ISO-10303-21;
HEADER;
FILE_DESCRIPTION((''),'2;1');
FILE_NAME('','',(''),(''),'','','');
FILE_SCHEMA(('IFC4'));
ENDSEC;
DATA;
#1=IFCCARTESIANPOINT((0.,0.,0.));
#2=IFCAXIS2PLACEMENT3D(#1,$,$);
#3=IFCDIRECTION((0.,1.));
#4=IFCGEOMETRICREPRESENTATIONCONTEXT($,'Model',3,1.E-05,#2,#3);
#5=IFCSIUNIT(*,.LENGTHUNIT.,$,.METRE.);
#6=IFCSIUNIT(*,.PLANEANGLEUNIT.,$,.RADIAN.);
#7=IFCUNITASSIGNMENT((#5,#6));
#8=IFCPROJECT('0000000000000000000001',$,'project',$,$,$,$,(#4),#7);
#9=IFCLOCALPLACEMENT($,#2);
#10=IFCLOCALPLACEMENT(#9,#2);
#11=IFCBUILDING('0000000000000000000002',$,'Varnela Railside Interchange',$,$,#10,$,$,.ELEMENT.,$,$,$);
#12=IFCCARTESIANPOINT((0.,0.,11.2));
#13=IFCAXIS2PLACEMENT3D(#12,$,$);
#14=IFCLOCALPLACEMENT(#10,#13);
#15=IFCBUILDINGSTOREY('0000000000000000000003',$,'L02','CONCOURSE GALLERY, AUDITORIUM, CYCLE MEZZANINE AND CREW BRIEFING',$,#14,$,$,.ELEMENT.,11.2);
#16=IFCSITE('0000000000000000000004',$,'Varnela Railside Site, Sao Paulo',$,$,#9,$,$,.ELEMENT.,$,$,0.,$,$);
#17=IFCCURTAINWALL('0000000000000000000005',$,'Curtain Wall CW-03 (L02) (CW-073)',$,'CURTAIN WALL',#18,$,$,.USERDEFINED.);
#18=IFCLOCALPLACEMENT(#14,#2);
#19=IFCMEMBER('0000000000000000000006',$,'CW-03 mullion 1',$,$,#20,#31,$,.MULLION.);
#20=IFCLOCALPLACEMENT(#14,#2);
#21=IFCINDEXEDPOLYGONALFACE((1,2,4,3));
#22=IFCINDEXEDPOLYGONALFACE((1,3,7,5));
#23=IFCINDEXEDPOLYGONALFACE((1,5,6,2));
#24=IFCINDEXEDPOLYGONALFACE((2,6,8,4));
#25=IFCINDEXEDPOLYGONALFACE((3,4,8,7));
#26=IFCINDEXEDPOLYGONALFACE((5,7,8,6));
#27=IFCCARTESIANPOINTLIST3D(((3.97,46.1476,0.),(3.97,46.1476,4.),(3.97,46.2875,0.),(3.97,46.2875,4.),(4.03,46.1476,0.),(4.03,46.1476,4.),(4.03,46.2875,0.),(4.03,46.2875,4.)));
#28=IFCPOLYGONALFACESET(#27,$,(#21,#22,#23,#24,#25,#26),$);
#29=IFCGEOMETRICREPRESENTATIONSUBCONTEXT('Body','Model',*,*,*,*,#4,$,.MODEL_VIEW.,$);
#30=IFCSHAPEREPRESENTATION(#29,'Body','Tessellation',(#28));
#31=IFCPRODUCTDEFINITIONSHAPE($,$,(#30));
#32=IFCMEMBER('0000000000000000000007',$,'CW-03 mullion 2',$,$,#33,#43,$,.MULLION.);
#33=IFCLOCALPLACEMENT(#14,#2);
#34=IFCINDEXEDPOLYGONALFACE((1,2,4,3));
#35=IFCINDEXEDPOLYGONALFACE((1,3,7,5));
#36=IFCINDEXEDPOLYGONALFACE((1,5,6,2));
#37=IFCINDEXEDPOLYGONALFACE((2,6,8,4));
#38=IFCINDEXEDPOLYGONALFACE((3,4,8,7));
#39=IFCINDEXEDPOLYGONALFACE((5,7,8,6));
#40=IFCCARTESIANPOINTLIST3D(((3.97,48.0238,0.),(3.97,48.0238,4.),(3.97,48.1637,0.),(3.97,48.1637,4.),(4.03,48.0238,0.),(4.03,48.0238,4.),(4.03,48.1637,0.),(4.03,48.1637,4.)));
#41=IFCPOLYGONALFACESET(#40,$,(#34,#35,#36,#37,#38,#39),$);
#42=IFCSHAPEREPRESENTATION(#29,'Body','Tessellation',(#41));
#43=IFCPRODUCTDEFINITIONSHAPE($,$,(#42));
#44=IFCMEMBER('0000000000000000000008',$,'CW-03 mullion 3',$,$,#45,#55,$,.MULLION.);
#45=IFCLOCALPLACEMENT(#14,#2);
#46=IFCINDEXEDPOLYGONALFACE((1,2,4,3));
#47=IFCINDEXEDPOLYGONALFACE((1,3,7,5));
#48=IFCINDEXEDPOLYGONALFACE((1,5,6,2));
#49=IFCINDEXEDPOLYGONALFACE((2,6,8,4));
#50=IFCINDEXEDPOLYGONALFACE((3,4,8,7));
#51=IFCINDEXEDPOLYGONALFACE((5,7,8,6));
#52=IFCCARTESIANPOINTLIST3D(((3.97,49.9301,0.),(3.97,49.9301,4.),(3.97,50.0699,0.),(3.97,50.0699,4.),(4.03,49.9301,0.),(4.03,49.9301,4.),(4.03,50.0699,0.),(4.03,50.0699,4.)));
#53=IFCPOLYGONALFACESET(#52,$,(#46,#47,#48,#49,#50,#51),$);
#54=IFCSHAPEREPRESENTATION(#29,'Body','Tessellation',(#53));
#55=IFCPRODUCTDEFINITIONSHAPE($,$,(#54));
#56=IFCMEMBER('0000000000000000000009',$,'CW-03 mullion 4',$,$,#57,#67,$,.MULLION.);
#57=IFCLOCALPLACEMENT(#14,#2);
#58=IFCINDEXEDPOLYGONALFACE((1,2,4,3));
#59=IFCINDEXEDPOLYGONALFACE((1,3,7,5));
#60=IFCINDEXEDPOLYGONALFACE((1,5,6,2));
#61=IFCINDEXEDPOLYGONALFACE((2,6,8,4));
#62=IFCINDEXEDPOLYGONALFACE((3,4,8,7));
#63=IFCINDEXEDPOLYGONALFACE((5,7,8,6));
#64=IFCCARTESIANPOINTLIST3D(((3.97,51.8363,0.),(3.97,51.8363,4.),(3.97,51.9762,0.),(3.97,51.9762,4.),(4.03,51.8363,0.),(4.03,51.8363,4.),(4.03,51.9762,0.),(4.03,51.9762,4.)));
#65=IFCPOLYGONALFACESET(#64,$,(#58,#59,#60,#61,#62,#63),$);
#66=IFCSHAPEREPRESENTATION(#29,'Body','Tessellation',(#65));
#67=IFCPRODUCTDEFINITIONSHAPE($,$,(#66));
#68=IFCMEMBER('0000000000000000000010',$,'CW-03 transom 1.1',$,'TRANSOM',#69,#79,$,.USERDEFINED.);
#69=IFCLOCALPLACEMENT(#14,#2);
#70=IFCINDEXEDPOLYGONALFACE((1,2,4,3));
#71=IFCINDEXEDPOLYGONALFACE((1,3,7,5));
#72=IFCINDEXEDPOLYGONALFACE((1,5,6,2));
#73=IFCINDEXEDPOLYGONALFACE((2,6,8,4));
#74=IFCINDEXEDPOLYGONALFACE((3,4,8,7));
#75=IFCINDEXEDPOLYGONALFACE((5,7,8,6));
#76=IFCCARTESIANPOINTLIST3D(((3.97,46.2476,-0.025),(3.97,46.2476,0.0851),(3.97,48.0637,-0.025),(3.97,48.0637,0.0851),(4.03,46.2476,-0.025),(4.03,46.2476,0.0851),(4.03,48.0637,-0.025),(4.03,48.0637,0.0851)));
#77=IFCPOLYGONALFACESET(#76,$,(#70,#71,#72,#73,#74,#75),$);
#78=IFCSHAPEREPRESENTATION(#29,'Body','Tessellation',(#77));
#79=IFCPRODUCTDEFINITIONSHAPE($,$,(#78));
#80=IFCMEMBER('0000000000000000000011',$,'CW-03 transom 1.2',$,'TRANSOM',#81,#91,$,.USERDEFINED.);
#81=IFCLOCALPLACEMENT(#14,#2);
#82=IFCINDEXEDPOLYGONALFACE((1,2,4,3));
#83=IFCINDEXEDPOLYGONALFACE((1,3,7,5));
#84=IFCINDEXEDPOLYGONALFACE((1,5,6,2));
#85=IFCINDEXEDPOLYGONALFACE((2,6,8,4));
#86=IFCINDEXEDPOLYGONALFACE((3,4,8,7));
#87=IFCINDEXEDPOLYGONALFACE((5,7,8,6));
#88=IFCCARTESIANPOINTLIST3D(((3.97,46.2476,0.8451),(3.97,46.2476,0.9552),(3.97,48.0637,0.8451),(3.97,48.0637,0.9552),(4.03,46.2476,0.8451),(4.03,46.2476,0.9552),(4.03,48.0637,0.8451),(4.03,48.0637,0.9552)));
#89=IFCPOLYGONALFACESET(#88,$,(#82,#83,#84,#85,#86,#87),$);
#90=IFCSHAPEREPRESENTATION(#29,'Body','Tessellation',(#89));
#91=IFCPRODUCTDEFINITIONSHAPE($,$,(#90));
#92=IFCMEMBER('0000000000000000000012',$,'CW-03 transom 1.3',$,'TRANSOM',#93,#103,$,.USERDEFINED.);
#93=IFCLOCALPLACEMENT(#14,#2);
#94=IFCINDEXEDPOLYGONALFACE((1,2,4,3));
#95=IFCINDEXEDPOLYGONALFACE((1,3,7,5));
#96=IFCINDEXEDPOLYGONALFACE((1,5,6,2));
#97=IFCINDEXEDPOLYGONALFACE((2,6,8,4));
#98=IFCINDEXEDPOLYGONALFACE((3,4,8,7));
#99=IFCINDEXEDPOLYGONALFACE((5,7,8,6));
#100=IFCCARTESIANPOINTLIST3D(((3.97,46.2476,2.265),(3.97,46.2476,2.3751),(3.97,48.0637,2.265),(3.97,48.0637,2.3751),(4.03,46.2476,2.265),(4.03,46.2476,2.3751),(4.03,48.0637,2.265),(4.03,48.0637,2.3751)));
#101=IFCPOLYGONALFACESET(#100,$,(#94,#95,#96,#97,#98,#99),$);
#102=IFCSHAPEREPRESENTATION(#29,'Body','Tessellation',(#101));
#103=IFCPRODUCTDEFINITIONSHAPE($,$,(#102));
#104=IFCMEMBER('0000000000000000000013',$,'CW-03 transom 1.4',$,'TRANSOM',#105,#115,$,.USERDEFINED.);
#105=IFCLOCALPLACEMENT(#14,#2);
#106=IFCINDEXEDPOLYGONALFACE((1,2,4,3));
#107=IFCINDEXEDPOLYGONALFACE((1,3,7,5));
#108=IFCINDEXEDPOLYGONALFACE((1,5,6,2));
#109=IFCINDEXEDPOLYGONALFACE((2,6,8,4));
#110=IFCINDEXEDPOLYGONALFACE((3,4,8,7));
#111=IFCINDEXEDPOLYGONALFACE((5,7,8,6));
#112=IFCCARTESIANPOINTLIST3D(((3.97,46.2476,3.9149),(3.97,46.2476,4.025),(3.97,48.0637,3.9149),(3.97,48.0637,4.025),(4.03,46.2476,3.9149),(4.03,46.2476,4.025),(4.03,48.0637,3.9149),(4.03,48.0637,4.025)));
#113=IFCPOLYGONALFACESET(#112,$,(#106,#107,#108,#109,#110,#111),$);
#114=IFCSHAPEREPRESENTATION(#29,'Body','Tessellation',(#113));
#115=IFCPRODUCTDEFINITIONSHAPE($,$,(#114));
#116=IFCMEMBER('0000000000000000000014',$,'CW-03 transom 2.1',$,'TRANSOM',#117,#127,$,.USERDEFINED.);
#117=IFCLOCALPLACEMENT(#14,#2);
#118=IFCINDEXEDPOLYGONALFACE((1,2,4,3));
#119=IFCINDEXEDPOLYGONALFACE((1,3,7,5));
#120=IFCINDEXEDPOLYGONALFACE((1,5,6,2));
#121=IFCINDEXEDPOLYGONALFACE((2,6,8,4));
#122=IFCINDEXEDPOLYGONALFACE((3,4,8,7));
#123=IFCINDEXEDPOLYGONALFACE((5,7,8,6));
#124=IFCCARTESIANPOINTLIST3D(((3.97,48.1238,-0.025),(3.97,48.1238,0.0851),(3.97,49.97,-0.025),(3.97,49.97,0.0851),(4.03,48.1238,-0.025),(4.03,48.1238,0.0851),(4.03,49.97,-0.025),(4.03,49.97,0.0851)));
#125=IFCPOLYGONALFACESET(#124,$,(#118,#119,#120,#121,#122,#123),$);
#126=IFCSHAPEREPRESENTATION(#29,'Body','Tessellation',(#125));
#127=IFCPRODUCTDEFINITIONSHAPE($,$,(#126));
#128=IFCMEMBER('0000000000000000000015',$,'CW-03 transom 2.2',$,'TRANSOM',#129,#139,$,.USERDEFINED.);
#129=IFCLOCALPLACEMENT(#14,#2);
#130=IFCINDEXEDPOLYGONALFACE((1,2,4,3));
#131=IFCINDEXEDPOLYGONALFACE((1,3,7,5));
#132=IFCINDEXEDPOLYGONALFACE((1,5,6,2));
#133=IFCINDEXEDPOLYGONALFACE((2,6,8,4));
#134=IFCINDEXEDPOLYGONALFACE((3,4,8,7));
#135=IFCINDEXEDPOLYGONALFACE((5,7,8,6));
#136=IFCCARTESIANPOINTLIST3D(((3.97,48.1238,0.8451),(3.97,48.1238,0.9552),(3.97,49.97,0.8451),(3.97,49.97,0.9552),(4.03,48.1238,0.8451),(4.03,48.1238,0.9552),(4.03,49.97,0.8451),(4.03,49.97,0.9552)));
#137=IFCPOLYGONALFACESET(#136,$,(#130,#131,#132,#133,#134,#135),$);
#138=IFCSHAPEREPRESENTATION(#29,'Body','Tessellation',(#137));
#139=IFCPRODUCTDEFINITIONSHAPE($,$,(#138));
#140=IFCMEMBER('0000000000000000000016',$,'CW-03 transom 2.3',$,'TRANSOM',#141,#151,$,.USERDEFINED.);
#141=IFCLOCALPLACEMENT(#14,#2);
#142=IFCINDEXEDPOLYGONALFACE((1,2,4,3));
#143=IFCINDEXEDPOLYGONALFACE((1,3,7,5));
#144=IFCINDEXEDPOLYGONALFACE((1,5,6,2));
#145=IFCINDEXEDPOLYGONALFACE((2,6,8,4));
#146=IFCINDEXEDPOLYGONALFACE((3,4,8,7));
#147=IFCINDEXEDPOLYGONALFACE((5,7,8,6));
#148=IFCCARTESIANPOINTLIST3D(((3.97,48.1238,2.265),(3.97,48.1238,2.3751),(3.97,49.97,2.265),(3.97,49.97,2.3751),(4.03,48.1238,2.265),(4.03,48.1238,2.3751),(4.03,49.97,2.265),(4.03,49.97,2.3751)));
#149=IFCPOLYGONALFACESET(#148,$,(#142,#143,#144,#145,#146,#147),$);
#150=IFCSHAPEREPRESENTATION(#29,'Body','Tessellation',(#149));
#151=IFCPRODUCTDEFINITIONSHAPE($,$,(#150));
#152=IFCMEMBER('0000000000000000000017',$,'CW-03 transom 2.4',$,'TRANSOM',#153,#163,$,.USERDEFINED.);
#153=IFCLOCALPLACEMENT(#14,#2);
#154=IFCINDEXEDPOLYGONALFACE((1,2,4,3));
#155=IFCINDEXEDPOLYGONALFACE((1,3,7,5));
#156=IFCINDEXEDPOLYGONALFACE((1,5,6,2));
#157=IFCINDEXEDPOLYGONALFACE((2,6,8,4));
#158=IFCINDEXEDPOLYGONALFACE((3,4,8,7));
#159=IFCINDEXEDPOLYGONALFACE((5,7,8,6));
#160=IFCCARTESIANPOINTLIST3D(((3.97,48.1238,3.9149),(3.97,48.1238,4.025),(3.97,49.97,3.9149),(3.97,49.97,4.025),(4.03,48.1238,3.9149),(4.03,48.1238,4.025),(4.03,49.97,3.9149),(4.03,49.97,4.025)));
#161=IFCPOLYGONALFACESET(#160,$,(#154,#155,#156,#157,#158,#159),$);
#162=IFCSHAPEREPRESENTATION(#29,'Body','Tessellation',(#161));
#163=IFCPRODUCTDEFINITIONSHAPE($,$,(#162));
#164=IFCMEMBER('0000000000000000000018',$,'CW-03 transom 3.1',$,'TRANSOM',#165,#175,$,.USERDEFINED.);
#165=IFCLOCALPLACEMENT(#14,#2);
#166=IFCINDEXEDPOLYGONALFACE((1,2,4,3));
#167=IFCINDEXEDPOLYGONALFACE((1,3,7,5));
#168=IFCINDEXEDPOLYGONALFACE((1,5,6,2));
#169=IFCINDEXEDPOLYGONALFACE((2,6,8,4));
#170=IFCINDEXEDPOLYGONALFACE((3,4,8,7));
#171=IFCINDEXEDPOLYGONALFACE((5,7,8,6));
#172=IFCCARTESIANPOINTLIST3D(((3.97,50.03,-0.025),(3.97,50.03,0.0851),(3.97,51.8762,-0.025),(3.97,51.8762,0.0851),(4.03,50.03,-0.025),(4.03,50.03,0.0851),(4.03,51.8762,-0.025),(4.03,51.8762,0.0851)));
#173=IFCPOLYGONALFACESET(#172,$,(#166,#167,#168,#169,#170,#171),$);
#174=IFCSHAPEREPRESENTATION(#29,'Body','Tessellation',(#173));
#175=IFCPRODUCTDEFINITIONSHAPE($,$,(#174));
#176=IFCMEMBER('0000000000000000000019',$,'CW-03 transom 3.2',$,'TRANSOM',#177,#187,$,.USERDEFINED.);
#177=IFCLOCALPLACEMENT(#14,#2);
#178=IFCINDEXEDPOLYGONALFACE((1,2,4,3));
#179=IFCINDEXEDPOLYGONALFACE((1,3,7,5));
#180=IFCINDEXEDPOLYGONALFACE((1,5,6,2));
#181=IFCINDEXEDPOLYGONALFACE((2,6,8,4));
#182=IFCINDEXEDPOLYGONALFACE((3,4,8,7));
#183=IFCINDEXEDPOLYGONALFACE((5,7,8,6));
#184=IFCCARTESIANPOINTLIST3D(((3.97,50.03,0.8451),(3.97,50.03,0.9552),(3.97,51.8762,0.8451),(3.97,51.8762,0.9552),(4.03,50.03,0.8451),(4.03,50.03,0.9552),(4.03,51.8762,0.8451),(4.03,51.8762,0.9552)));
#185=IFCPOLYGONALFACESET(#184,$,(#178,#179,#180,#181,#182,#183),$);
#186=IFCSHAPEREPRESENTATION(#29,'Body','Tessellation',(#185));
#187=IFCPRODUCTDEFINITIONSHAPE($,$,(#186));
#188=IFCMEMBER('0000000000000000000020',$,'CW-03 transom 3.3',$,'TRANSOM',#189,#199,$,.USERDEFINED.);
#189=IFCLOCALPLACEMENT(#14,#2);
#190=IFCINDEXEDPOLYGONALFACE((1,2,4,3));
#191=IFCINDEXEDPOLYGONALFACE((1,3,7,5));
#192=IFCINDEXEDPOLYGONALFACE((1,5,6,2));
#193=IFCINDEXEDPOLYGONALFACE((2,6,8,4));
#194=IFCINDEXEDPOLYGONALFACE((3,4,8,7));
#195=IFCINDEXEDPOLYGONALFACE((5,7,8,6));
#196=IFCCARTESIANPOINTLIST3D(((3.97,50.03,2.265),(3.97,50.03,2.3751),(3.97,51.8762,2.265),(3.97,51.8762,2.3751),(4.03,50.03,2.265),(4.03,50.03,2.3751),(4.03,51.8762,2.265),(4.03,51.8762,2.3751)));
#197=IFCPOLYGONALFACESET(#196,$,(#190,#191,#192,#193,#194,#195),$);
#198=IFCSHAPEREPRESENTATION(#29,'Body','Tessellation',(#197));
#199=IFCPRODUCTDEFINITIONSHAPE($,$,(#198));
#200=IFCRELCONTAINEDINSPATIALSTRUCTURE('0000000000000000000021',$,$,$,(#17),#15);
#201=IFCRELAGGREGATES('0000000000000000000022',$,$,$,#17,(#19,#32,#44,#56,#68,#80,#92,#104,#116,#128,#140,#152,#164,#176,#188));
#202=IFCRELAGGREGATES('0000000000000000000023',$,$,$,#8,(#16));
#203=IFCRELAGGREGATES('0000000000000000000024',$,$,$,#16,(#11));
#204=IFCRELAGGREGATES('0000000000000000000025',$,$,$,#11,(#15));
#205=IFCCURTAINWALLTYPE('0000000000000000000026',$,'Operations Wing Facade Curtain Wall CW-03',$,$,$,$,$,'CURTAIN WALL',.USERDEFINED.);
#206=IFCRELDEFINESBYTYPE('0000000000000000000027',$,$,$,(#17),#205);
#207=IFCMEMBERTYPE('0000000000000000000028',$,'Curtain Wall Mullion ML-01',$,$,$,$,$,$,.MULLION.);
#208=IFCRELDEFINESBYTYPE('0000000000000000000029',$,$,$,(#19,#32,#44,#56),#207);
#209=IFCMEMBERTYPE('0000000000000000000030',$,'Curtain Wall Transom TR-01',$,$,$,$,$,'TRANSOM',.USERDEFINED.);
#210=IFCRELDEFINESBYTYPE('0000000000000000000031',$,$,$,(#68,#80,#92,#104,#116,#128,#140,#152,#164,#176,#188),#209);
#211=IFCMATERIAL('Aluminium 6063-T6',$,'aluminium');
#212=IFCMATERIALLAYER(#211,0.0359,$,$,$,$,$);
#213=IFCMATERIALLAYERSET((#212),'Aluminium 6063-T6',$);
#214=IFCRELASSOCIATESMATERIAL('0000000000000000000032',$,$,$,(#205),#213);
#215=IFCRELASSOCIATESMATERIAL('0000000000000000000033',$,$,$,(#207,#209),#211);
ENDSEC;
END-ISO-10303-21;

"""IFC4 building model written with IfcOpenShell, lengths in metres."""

from ifc_helpers import new_model, si_unit, direction, frame, origin, origin_2d, place, context, subcontext, project, spatial, rectangle, extrude, material, layer, layer_set, material_profile, profile_set, type_object, element, aggregate, save


model = new_model("IFC4")

# Units and contexts
model_context = context("Model", 3, precision=1e-05, world=origin(), true_north=direction((0.0, 1.0)))
body_context = subcontext(model_context, "Body", "Model", "MODEL_VIEW")
ifc_project = project(units=[si_unit("LENGTHUNIT", "METRE"), si_unit("PLANEANGLEUNIT", "RADIAN")], contexts=[model_context])

# Site, building, storey
site_placement = place(None, origin())
site = spatial("IfcSite", under=ifc_project, at=site_placement, Name="Varnela Railside Site, Sao Paulo", CompositionType="ELEMENT", RefElevation=0.0)
building_placement = place(site_placement, origin())
building = spatial("IfcBuilding", under=site, at=building_placement, Name="Varnela Railside Interchange", CompositionType="ELEMENT")
storey_placement = place(building_placement, frame((0.0, 0.0, 11.2)))
storey = spatial("IfcBuildingStorey", under=building, at=storey_placement, Name="L02", Description="CONCOURSE GALLERY, AUDITORIUM, CYCLE MEZZANINE AND CREW BRIEFING", CompositionType="ELEMENT", Elevation=11.2)

# Curtain wall, members
ifc_material_1 = material(Name="Aluminium 6063-T6", Category="aluminium")
ifc_layer_1 = layer(ifc_material_1, 0.0359)
ifc_layer_set_1 = layer_set([ifc_layer_1], Name="Aluminium 6063-T6")
curtain_wall_type = type_object("IfcCurtainWallType", Name="Operations Wing Facade Curtain Wall CW-03", ElementType="CURTAIN WALL", PredefinedType="USERDEFINED", material=ifc_layer_set_1)
curtain_wall_placement = place(storey_placement, origin())
curtain_wall = element("IfcCurtainWall", 1, at=curtain_wall_placement, inside=storey, type_object=curtain_wall_type, Name="Curtain Wall CW-03 (L02) (CW-073)", ObjectType="CURTAIN WALL", PredefinedType="USERDEFINED")
ifc_material_profile_1 = material_profile(ifc_material_1, rectangle(XDim=0.0601, YDim=0.1399, at=origin_2d()), Name="ALU 60x140")
ifc_profile_set_1 = profile_set([ifc_material_profile_1], Name="Aluminium 6063-T6")
member_type_1 = type_object("IfcMemberType", Name="Curtain Wall Mullion ML-01", PredefinedType="MULLION", material=ifc_profile_set_1)
member_1_placement = place(storey_placement, frame((4.0, 46.2175, 0.0), z_axis=(0.0, 0.0, 1.0), x_axis=(-1.0, 0.0, 0.0)))
member_1 = element("IfcMember", 2, at=member_1_placement, type_object=member_type_1, Name="CW-03 mullion 1", PredefinedType="MULLION", context=body_context, shape_type="SweptSolid", body=[
    extrude(rectangle(XDim=0.0601, YDim=0.1399, at=origin_2d()), origin(), (0.0, 0.0, 1.0), 4.0),
])
member_2_placement = place(storey_placement, frame((4.0, 48.0938, 0.0), z_axis=(0.0, 0.0, 1.0), x_axis=(-1.0, 0.0, 0.0)))
member_2 = element("IfcMember", 3, at=member_2_placement, type_object=member_type_1, Name="CW-03 mullion 2", PredefinedType="MULLION", context=body_context, shape_type="SweptSolid", body=[
    extrude(rectangle(XDim=0.0601, YDim=0.1399, at=origin_2d()), origin(), (0.0, 0.0, 1.0), 4.0),
])
member_3_placement = place(storey_placement, frame((4.0, 50.0, 0.0), z_axis=(0.0, 0.0, 1.0), x_axis=(-1.0, 0.0, 0.0)))
member_3 = element("IfcMember", 4, at=member_3_placement, type_object=member_type_1, Name="CW-03 mullion 3", PredefinedType="MULLION", context=body_context, shape_type="SweptSolid", body=[
    extrude(rectangle(XDim=0.0601, YDim=0.1399, at=origin_2d()), origin(), (0.0, 0.0, 1.0), 4.0),
])
member_4_placement = place(storey_placement, frame((4.0, 51.9062, 0.0), z_axis=(0.0, 0.0, 1.0), x_axis=(-1.0, 0.0, 0.0)))
member_4 = element("IfcMember", 5, at=member_4_placement, type_object=member_type_1, Name="CW-03 mullion 4", PredefinedType="MULLION", context=body_context, shape_type="SweptSolid", body=[
    extrude(rectangle(XDim=0.0601, YDim=0.1399, at=origin_2d()), origin(), (0.0, 0.0, 1.0), 4.0),
])
ifc_material_profile_2 = material_profile(ifc_material_1, rectangle(XDim=0.0601, YDim=0.1101, at=origin_2d()), Name="ALU 60x110")
ifc_profile_set_2 = profile_set([ifc_material_profile_2], Name="Aluminium 6063-T6")
member_type_2 = type_object("IfcMemberType", Name="Curtain Wall Transom TR-01", ElementType="TRANSOM", PredefinedType="USERDEFINED", material=ifc_profile_set_2)
member_5_placement = place(storey_placement, frame((4.0, 46.2476, 0.03), z_axis=(0.0, 1.0, 0.0), x_axis=(-1.0, 0.0, 0.0)))
member_5 = element("IfcMember", 6, at=member_5_placement, type_object=member_type_2, Name="CW-03 transom 1.1", ObjectType="TRANSOM", PredefinedType="USERDEFINED", context=body_context, shape_type="SweptSolid", body=[
    extrude(rectangle(XDim=0.0601, YDim=0.1101, at=origin_2d()), origin(), (0.0, 0.0, 1.0), 1.8162),
])
member_6_placement = place(storey_placement, frame((4.0, 46.2476, 0.9001), z_axis=(0.0, 1.0, 0.0), x_axis=(-1.0, 0.0, 0.0)))
member_6 = element("IfcMember", 7, at=member_6_placement, type_object=member_type_2, Name="CW-03 transom 1.2", ObjectType="TRANSOM", PredefinedType="USERDEFINED", context=body_context, shape_type="SweptSolid", body=[
    extrude(rectangle(XDim=0.0601, YDim=0.1101, at=origin_2d()), origin(), (0.0, 0.0, 1.0), 1.8162),
])
member_7_placement = place(storey_placement, frame((4.0, 46.2476, 2.3201), z_axis=(0.0, 1.0, 0.0), x_axis=(-1.0, 0.0, 0.0)))
member_7 = element("IfcMember", 8, at=member_7_placement, type_object=member_type_2, Name="CW-03 transom 1.3", ObjectType="TRANSOM", PredefinedType="USERDEFINED", context=body_context, shape_type="SweptSolid", body=[
    extrude(rectangle(XDim=0.0601, YDim=0.1101, at=origin_2d()), origin(), (0.0, 0.0, 1.0), 1.8162),
])
member_8_placement = place(storey_placement, frame((4.0, 46.2476, 3.97), z_axis=(0.0, 1.0, 0.0), x_axis=(-1.0, 0.0, 0.0)))
member_8 = element("IfcMember", 9, at=member_8_placement, type_object=member_type_2, Name="CW-03 transom 1.4", ObjectType="TRANSOM", PredefinedType="USERDEFINED", context=body_context, shape_type="SweptSolid", body=[
    extrude(rectangle(XDim=0.0601, YDim=0.1101, at=origin_2d()), origin(), (0.0, 0.0, 1.0), 1.8162),
])
member_9_placement = place(storey_placement, frame((4.0, 48.1238, 0.03), z_axis=(0.0, 1.0, 0.0), x_axis=(-1.0, 0.0, 0.0)))
member_9 = element("IfcMember", 10, at=member_9_placement, type_object=member_type_2, Name="CW-03 transom 2.1", ObjectType="TRANSOM", PredefinedType="USERDEFINED", context=body_context, shape_type="SweptSolid", body=[
    extrude(rectangle(XDim=0.0601, YDim=0.1101, at=origin_2d()), origin(), (0.0, 0.0, 1.0), 1.8462),
])
member_10_placement = place(storey_placement, frame((4.0, 48.1238, 0.9001), z_axis=(0.0, 1.0, 0.0), x_axis=(-1.0, 0.0, 0.0)))
member_10 = element("IfcMember", 11, at=member_10_placement, type_object=member_type_2, Name="CW-03 transom 2.2", ObjectType="TRANSOM", PredefinedType="USERDEFINED", context=body_context, shape_type="SweptSolid", body=[
    extrude(rectangle(XDim=0.0601, YDim=0.1101, at=origin_2d()), origin(), (0.0, 0.0, 1.0), 1.8462),
])
member_11_placement = place(storey_placement, frame((4.0, 48.1238, 2.3201), z_axis=(0.0, 1.0, 0.0), x_axis=(-1.0, 0.0, 0.0)))
member_11 = element("IfcMember", 12, at=member_11_placement, type_object=member_type_2, Name="CW-03 transom 2.3", ObjectType="TRANSOM", PredefinedType="USERDEFINED", context=body_context, shape_type="SweptSolid", body=[
    extrude(rectangle(XDim=0.0601, YDim=0.1101, at=origin_2d()), origin(), (0.0, 0.0, 1.0), 1.8462),
])
member_12_placement = place(storey_placement, frame((4.0, 48.1238, 3.97), z_axis=(0.0, 1.0, 0.0), x_axis=(-1.0, 0.0, 0.0)))
member_12 = element("IfcMember", 13, at=member_12_placement, type_object=member_type_2, Name="CW-03 transom 2.4", ObjectType="TRANSOM", PredefinedType="USERDEFINED", context=body_context, shape_type="SweptSolid", body=[
    extrude(rectangle(XDim=0.0601, YDim=0.1101, at=origin_2d()), origin(), (0.0, 0.0, 1.0), 1.8462),
])
member_13_placement = place(storey_placement, frame((4.0, 50.03, 0.03), z_axis=(0.0, 1.0, 0.0), x_axis=(-1.0, 0.0, 0.0)))
member_13 = element("IfcMember", 14, at=member_13_placement, type_object=member_type_2, Name="CW-03 transom 3.1", ObjectType="TRANSOM", PredefinedType="USERDEFINED", context=body_context, shape_type="SweptSolid", body=[
    extrude(rectangle(XDim=0.0601, YDim=0.1101, at=origin_2d()), origin(), (0.0, 0.0, 1.0), 1.8462),
])
member_14_placement = place(storey_placement, frame((4.0, 50.03, 0.9001), z_axis=(0.0, 1.0, 0.0), x_axis=(-1.0, 0.0, 0.0)))
member_14 = element("IfcMember", 15, at=member_14_placement, type_object=member_type_2, Name="CW-03 transom 3.2", ObjectType="TRANSOM", PredefinedType="USERDEFINED", context=body_context, shape_type="SweptSolid", body=[
    extrude(rectangle(XDim=0.0601, YDim=0.1101, at=origin_2d()), origin(), (0.0, 0.0, 1.0), 1.8462),
])
member_15_placement = place(storey_placement, frame((4.0, 50.03, 2.3201), z_axis=(0.0, 1.0, 0.0), x_axis=(-1.0, 0.0, 0.0)))
member_15 = element("IfcMember", 16, at=member_15_placement, type_object=member_type_2, Name="CW-03 transom 3.3", ObjectType="TRANSOM", PredefinedType="USERDEFINED", context=body_context, shape_type="SweptSolid", body=[
    extrude(rectangle(XDim=0.0601, YDim=0.1101, at=origin_2d()), origin(), (0.0, 0.0, 1.0), 1.8462),
])
aggregate(curtain_wall, [member_1, member_2, member_3, member_4, member_5, member_6, member_7, member_8, member_9, member_10, member_11, member_12, member_13, member_14, member_15])

save(model, "model.ifc")
